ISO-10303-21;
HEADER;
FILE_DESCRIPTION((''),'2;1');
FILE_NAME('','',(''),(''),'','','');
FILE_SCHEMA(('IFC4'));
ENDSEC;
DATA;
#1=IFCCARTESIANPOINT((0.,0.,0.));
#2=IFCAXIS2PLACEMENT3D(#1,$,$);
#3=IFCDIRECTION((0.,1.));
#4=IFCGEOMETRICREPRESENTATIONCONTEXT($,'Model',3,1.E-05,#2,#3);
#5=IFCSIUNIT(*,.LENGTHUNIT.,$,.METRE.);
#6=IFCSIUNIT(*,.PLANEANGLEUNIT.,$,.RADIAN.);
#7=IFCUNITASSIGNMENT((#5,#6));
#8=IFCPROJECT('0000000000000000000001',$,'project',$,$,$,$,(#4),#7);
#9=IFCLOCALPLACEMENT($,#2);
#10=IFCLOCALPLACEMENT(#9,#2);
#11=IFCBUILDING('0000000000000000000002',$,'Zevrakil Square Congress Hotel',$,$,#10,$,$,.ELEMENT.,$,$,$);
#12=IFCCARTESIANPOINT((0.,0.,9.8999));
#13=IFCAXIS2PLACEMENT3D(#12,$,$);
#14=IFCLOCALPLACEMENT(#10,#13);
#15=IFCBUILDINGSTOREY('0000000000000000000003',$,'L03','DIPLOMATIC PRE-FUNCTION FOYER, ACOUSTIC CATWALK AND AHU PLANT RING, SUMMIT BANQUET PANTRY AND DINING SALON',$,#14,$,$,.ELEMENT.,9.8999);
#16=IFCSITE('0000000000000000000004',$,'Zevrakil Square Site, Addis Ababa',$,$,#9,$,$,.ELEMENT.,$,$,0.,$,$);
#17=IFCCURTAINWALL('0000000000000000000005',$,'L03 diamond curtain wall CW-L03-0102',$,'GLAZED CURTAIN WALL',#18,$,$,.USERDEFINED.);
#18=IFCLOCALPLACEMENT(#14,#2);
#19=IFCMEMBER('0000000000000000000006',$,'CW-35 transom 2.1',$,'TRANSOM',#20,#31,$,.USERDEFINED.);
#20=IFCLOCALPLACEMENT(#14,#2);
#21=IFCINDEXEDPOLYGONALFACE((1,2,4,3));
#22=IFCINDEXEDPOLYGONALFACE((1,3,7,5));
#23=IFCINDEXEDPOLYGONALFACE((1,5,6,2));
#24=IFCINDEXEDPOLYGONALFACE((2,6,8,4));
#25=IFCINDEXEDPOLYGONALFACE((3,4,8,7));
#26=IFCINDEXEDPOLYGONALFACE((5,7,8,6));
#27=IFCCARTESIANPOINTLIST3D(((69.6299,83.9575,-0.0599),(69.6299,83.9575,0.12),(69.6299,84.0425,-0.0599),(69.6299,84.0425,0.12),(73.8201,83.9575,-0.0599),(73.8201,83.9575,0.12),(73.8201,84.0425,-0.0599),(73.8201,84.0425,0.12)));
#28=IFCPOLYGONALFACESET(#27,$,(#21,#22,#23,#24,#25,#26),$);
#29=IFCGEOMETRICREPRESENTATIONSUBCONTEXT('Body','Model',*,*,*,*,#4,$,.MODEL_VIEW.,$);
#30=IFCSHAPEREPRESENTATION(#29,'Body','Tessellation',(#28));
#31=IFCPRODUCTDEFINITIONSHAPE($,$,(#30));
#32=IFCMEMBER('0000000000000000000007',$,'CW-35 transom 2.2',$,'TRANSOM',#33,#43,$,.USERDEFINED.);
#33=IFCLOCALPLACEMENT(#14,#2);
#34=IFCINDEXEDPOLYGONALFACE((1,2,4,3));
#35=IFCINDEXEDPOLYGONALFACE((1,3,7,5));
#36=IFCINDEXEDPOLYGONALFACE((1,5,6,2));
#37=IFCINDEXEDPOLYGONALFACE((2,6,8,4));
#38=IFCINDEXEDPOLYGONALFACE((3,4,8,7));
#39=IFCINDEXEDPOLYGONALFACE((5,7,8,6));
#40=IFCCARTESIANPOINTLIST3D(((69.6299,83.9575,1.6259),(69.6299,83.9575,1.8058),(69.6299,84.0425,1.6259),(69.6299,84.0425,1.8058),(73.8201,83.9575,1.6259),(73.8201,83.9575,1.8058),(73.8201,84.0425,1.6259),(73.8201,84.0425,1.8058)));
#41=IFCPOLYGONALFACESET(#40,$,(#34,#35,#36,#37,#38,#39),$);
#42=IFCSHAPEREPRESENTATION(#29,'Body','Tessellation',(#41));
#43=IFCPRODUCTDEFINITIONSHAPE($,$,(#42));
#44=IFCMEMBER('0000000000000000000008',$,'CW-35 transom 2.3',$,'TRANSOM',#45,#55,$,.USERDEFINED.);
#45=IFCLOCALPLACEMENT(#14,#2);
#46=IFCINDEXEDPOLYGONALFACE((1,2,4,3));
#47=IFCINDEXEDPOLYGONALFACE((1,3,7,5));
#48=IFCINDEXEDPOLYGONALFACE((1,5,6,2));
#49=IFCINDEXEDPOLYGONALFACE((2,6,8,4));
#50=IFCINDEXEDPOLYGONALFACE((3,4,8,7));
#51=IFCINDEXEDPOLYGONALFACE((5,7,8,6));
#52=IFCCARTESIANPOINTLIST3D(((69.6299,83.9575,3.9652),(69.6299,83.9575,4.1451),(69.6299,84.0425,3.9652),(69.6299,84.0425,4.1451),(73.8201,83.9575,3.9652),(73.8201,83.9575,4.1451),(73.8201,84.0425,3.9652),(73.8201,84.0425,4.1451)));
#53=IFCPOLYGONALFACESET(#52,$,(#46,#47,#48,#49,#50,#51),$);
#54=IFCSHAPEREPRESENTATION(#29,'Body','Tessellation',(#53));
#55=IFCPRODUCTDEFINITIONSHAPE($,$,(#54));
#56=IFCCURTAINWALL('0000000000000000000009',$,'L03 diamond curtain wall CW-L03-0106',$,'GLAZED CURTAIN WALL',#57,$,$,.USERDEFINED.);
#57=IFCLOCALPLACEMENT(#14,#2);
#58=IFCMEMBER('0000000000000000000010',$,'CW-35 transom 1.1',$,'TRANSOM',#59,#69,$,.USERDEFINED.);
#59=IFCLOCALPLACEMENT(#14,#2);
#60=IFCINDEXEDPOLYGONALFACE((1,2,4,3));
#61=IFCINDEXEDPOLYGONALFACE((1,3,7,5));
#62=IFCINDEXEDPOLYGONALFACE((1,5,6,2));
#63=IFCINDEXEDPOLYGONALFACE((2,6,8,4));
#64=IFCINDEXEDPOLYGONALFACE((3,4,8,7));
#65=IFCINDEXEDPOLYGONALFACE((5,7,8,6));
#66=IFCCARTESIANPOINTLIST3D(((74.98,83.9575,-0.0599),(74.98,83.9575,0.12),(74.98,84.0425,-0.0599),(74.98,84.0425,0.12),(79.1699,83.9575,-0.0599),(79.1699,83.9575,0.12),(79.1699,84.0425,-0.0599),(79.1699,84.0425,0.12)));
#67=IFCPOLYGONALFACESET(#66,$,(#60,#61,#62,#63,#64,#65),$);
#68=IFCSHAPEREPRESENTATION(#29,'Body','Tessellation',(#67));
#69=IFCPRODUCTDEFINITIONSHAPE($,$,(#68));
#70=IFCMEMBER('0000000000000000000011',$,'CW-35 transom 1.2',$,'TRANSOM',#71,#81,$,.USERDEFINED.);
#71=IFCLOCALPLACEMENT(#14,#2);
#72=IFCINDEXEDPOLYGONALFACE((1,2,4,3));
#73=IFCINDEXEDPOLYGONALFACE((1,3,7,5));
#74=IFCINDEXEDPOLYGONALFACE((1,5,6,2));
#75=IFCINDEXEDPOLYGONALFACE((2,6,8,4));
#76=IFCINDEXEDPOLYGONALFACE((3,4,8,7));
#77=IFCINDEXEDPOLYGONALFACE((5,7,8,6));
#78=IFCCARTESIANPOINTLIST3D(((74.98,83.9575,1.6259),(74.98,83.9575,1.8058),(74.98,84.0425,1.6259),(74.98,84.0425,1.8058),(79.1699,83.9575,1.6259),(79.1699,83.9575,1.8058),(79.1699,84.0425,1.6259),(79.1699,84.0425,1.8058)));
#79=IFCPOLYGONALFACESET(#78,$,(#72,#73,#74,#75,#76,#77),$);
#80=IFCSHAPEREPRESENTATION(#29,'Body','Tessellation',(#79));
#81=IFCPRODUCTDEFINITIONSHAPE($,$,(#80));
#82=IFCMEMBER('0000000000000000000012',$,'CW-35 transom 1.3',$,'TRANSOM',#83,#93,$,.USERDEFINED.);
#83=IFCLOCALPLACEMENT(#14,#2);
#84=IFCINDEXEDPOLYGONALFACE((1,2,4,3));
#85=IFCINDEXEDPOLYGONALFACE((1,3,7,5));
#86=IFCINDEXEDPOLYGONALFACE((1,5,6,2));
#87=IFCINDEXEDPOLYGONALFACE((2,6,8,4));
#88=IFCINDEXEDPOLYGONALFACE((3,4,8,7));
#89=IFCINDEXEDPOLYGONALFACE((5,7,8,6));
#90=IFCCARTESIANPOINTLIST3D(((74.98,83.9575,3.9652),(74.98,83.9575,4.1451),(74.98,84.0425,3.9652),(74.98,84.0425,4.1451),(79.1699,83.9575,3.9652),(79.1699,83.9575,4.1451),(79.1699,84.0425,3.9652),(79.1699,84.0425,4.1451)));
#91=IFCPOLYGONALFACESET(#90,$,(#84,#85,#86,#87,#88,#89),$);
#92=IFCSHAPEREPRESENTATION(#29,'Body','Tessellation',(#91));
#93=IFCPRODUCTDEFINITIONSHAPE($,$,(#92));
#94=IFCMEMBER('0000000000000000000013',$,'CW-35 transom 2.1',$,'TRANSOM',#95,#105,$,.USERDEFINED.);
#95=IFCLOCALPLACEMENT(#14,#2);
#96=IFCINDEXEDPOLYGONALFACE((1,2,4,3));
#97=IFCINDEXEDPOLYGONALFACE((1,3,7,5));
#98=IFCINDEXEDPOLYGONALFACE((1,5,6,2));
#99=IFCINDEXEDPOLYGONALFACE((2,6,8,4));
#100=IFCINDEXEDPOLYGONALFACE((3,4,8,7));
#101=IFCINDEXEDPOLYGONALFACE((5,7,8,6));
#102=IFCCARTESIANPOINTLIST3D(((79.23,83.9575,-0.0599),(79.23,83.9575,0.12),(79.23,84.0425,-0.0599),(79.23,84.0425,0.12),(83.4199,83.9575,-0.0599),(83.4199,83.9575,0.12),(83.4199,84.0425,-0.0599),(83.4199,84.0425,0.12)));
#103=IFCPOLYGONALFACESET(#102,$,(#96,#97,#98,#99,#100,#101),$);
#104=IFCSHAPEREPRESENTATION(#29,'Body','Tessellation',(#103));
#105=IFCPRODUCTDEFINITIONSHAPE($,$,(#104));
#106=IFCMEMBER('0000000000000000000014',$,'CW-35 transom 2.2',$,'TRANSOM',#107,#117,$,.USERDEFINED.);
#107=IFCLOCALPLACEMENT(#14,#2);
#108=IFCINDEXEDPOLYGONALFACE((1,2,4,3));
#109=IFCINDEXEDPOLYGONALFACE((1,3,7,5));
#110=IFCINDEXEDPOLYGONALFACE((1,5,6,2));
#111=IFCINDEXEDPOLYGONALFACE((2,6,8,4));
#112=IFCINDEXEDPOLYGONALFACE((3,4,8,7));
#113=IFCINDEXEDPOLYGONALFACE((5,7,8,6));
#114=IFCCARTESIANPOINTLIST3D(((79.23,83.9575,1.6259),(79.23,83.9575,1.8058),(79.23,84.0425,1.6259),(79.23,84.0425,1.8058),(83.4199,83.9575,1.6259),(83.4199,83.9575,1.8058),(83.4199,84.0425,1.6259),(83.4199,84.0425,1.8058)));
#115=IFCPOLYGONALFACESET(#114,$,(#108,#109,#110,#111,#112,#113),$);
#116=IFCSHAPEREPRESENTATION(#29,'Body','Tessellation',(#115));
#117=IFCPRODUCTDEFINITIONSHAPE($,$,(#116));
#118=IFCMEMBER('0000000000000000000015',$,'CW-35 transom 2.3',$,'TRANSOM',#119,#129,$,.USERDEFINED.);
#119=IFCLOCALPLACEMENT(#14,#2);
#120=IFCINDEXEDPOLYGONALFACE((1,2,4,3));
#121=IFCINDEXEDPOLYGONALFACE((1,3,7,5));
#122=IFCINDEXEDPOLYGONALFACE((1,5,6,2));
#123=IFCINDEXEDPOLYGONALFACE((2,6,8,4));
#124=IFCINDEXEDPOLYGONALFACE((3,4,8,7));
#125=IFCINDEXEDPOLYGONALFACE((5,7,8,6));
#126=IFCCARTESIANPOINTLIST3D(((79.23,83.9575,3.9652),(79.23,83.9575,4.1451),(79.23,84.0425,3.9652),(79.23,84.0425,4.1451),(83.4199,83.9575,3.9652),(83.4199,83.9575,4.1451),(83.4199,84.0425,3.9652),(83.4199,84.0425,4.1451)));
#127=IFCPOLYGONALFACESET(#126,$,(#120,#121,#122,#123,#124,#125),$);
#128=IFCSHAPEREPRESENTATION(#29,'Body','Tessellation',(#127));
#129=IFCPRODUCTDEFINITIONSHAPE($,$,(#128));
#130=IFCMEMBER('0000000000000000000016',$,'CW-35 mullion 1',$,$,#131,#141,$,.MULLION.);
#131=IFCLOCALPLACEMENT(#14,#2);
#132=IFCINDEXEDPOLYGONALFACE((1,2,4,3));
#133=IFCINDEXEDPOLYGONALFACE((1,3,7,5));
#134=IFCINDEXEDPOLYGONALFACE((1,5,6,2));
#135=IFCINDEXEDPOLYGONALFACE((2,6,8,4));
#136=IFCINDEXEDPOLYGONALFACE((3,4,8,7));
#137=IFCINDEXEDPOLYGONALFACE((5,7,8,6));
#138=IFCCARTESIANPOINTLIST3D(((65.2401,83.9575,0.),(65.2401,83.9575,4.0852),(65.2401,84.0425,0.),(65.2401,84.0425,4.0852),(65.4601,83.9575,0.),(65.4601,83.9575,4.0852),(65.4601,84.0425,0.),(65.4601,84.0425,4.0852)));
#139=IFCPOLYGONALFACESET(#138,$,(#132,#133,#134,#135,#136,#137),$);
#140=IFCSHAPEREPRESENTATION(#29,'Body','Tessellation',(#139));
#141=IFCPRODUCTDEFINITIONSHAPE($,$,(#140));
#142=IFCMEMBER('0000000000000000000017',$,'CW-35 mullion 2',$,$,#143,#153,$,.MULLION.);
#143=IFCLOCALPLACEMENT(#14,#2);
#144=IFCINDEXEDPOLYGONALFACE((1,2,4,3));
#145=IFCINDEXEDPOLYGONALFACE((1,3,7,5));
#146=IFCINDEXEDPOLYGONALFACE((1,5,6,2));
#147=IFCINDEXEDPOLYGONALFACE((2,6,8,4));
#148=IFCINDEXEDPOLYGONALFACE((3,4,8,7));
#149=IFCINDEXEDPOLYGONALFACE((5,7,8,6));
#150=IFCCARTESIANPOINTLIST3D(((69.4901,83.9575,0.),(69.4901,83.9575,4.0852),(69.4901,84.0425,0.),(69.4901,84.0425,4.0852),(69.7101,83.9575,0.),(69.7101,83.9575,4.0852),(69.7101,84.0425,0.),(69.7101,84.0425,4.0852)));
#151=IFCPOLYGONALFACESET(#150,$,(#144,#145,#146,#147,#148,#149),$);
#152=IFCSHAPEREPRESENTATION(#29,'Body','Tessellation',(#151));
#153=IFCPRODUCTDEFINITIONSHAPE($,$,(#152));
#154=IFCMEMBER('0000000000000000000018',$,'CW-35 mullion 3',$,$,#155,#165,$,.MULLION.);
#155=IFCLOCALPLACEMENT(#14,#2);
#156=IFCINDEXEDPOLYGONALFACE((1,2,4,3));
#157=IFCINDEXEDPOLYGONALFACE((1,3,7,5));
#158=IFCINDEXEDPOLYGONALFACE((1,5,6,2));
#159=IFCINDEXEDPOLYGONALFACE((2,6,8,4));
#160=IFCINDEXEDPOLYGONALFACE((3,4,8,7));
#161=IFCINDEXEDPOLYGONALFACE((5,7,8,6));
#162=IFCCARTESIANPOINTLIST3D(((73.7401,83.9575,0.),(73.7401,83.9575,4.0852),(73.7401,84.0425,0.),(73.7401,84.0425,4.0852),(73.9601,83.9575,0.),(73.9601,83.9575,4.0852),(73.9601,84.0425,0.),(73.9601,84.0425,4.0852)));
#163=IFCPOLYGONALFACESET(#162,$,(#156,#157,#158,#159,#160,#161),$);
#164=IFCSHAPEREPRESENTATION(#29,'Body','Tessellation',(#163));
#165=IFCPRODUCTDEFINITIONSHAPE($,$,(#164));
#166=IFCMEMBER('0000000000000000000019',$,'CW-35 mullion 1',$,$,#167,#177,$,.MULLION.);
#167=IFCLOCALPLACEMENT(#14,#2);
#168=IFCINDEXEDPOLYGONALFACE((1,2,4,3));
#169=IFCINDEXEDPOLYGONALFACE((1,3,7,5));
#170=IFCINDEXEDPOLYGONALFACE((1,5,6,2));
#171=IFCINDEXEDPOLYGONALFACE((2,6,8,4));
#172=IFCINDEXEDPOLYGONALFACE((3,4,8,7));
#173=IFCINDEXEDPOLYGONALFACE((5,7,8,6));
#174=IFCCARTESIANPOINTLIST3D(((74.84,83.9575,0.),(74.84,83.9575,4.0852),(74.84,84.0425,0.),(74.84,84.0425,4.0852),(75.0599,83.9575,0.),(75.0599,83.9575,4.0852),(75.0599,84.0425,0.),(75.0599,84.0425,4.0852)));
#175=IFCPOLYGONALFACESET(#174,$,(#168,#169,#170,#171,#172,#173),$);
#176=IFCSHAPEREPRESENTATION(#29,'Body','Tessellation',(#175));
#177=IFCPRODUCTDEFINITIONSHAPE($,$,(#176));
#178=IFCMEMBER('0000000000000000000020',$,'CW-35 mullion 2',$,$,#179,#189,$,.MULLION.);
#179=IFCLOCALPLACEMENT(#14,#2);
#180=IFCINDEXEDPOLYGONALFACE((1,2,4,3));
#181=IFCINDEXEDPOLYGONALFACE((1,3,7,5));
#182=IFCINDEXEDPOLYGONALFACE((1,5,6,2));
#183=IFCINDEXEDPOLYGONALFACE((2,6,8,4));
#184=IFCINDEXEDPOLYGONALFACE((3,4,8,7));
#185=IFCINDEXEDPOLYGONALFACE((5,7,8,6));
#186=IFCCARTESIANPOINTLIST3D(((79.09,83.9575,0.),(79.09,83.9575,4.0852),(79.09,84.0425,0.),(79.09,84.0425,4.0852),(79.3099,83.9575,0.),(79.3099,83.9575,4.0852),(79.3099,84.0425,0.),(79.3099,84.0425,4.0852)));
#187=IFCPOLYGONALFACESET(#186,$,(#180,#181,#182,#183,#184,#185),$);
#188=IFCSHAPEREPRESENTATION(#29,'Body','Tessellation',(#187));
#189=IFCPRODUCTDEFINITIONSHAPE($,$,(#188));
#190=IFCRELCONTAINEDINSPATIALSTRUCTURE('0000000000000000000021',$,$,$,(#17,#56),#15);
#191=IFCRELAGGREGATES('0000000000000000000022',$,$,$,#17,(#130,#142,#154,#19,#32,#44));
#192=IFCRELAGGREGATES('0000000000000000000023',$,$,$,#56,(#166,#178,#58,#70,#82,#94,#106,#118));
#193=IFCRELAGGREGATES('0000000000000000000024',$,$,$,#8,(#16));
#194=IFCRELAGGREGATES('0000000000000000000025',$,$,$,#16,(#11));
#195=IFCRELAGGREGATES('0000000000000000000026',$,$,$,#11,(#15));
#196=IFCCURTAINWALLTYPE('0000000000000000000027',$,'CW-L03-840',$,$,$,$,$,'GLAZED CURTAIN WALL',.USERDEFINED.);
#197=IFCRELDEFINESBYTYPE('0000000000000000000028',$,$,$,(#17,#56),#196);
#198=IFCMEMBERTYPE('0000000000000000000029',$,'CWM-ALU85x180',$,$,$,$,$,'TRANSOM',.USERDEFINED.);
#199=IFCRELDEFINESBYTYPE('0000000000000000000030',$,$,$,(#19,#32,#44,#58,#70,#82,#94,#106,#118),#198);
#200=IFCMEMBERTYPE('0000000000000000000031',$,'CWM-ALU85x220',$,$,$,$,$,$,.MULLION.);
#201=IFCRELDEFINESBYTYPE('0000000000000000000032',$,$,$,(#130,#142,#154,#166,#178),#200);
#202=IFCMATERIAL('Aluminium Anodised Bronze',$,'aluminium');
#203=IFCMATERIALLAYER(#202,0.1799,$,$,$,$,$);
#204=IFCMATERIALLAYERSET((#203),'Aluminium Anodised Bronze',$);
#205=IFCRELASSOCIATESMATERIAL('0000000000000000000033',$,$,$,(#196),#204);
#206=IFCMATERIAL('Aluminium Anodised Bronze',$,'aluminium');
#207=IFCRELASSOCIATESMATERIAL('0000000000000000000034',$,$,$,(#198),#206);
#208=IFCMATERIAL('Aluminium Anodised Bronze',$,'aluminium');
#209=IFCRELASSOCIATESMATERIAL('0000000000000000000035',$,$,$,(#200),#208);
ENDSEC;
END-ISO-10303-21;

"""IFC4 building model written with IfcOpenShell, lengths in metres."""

from ifc_helpers import new_model, si_unit, direction, frame, origin, origin_2d, place, context, subcontext, project, spatial, rectangle, extrude, material, layer, layer_set, material_profile, profile_set, type_object, element, aggregate, save


model = new_model("IFC4")

# Units and contexts
model_context = context("Model", 3, precision=1e-05, world=origin(), true_north=direction((0.0, 1.0)))
body_context = subcontext(model_context, "Body", "Model", "MODEL_VIEW")
ifc_project = project(units=[si_unit("LENGTHUNIT", "METRE"), si_unit("PLANEANGLEUNIT", "RADIAN")], contexts=[model_context])

# Site, building, storey
site_placement = place(None, origin())
site = spatial("IfcSite", under=ifc_project, at=site_placement, Name="Zevrakil Square Site, Addis Ababa", CompositionType="ELEMENT", RefElevation=0.0)
building_placement = place(site_placement, origin())
building = spatial("IfcBuilding", under=site, at=building_placement, Name="Zevrakil Square Congress Hotel", CompositionType="ELEMENT")
storey_placement = place(building_placement, frame((0.0, 0.0, 9.8999)))
storey = spatial("IfcBuildingStorey", under=building, at=storey_placement, Name="L03", Description="DIPLOMATIC PRE-FUNCTION FOYER, ACOUSTIC CATWALK AND AHU PLANT RING, SUMMIT BANQUET PANTRY AND DINING SALON", CompositionType="ELEMENT", Elevation=9.8999)

# Curtain walls, members
ifc_material_1 = material(Name="Aluminium Anodised Bronze", Category="aluminium")
ifc_layer_1 = layer(ifc_material_1, 0.1799)
ifc_layer_set_1 = layer_set([ifc_layer_1], Name="Aluminium Anodised Bronze")
curtain_wall_type = type_object("IfcCurtainWallType", Name="CW-L03-840", ElementType="GLAZED CURTAIN WALL", PredefinedType="USERDEFINED", material=ifc_layer_set_1)
curtain_wall_1_placement = place(storey_placement, origin())
curtain_wall_1 = element("IfcCurtainWall", 1, at=curtain_wall_1_placement, inside=storey, type_object=curtain_wall_type, Name="L03 diamond curtain wall CW-L03-0102", ObjectType="GLAZED CURTAIN WALL", PredefinedType="USERDEFINED")
ifc_material_2 = material(Name="Aluminium Anodised Bronze", Category="aluminium")
ifc_material_profile_1 = material_profile(ifc_material_2, rectangle(XDim=0.085, YDim=0.1799, at=origin_2d()), Name="ALU 85x180")
ifc_profile_set_1 = profile_set([ifc_material_profile_1], Name="Aluminium Anodised Bronze")
member_type_1 = type_object("IfcMemberType", Name="CWM-ALU85x180", ElementType="TRANSOM", PredefinedType="USERDEFINED", material=ifc_profile_set_1)
member_1_placement = place(storey_placement, frame((69.6299, 84.0, 0.03), z_axis=(1.0, 0.0, 0.0), x_axis=(0.0, 1.0, 0.0)))
member_1 = element("IfcMember", 2, at=member_1_placement, type_object=member_type_1, Name="CW-35 transom 2.1", ObjectType="TRANSOM", PredefinedType="USERDEFINED", context=body_context, shape_type="SweptSolid", body=[
    extrude(rectangle(XDim=0.085, YDim=0.1799, at=origin_2d()), origin(), (0.0, 0.0, 1.0), 4.1902),
])
member_2_placement = place(storey_placement, frame((69.6299, 84.0, 1.7158), z_axis=(1.0, 0.0, 0.0), x_axis=(0.0, 1.0, 0.0)))
member_2 = element("IfcMember", 3, at=member_2_placement, type_object=member_type_1, Name="CW-35 transom 2.2", ObjectType="TRANSOM", PredefinedType="USERDEFINED", context=body_context, shape_type="SweptSolid", body=[
    extrude(rectangle(XDim=0.085, YDim=0.1799, at=origin_2d()), origin(), (0.0, 0.0, 1.0), 4.1902),
])
member_3_placement = place(storey_placement, frame((69.6299, 84.0, 4.0552), z_axis=(1.0, 0.0, 0.0), x_axis=(0.0, 1.0, 0.0)))
member_3 = element("IfcMember", 4, at=member_3_placement, type_object=member_type_1, Name="CW-35 transom 2.3", ObjectType="TRANSOM", PredefinedType="USERDEFINED", context=body_context, shape_type="SweptSolid", body=[
    extrude(rectangle(XDim=0.085, YDim=0.1799, at=origin_2d()), origin(), (0.0, 0.0, 1.0), 4.1902),
])
curtain_wall_2_placement = place(storey_placement, origin())
curtain_wall_2 = element("IfcCurtainWall", 5, at=curtain_wall_2_placement, inside=storey, type_object=curtain_wall_type, Name="L03 diamond curtain wall CW-L03-0106", ObjectType="GLAZED CURTAIN WALL", PredefinedType="USERDEFINED")
member_4_placement = place(storey_placement, frame((74.98, 84.0, 0.03), z_axis=(1.0, 0.0, 0.0), x_axis=(0.0, 1.0, 0.0)))
member_4 = element("IfcMember", 6, at=member_4_placement, type_object=member_type_1, Name="CW-35 transom 1.1", ObjectType="TRANSOM", PredefinedType="USERDEFINED", context=body_context, shape_type="SweptSolid", body=[
    extrude(rectangle(XDim=0.085, YDim=0.1799, at=origin_2d()), origin(), (0.0, 0.0, 1.0), 4.1899),
])
member_5_placement = place(storey_placement, frame((74.98, 84.0, 1.7158), z_axis=(1.0, 0.0, 0.0), x_axis=(0.0, 1.0, 0.0)))
member_5 = element("IfcMember", 7, at=member_5_placement, type_object=member_type_1, Name="CW-35 transom 1.2", ObjectType="TRANSOM", PredefinedType="USERDEFINED", context=body_context, shape_type="SweptSolid", body=[
    extrude(rectangle(XDim=0.085, YDim=0.1799, at=origin_2d()), origin(), (0.0, 0.0, 1.0), 4.1899),
])
member_6_placement = place(storey_placement, frame((74.98, 84.0, 4.0552), z_axis=(1.0, 0.0, 0.0), x_axis=(0.0, 1.0, 0.0)))
member_6 = element("IfcMember", 8, at=member_6_placement, type_object=member_type_1, Name="CW-35 transom 1.3", ObjectType="TRANSOM", PredefinedType="USERDEFINED", context=body_context, shape_type="SweptSolid", body=[
    extrude(rectangle(XDim=0.085, YDim=0.1799, at=origin_2d()), origin(), (0.0, 0.0, 1.0), 4.1899),
])
member_7_placement = place(storey_placement, frame((79.23, 84.0, 0.03), z_axis=(1.0, 0.0, 0.0), x_axis=(0.0, 1.0, 0.0)))
member_7 = element("IfcMember", 9, at=member_7_placement, type_object=member_type_1, Name="CW-35 transom 2.1", ObjectType="TRANSOM", PredefinedType="USERDEFINED", context=body_context, shape_type="SweptSolid", body=[
    extrude(rectangle(XDim=0.085, YDim=0.1799, at=origin_2d()), origin(), (0.0, 0.0, 1.0), 4.1899),
])
member_8_placement = place(storey_placement, frame((79.23, 84.0, 1.7158), z_axis=(1.0, 0.0, 0.0), x_axis=(0.0, 1.0, 0.0)))
member_8 = element("IfcMember", 10, at=member_8_placement, type_object=member_type_1, Name="CW-35 transom 2.2", ObjectType="TRANSOM", PredefinedType="USERDEFINED", context=body_context, shape_type="SweptSolid", body=[
    extrude(rectangle(XDim=0.085, YDim=0.1799, at=origin_2d()), origin(), (0.0, 0.0, 1.0), 4.1899),
])
member_9_placement = place(storey_placement, frame((79.23, 84.0, 4.0552), z_axis=(1.0, 0.0, 0.0), x_axis=(0.0, 1.0, 0.0)))
member_9 = element("IfcMember", 11, at=member_9_placement, type_object=member_type_1, Name="CW-35 transom 2.3", ObjectType="TRANSOM", PredefinedType="USERDEFINED", context=body_context, shape_type="SweptSolid", body=[
    extrude(rectangle(XDim=0.085, YDim=0.1799, at=origin_2d()), origin(), (0.0, 0.0, 1.0), 4.1899),
])

# Members
ifc_material_3 = material(Name="Aluminium Anodised Bronze", Category="aluminium")
ifc_material_profile_2 = material_profile(ifc_material_3, rectangle(XDim=0.085, YDim=0.22, at=origin_2d()), Name="ALU 85x220")
ifc_profile_set_2 = profile_set([ifc_material_profile_2], Name="Aluminium Anodised Bronze")
member_type_2 = type_object("IfcMemberType", Name="CWM-ALU85x220", PredefinedType="MULLION", material=ifc_profile_set_2)
member_10_placement = place(storey_placement, frame((65.3501, 84.0, 0.0), z_axis=(0.0, 0.0, 1.0), x_axis=(0.0, 1.0, 0.0)))
member_10 = element("IfcMember", 12, at=member_10_placement, type_object=member_type_2, Name="CW-35 mullion 1", PredefinedType="MULLION", context=body_context, shape_type="SweptSolid", body=[
    extrude(rectangle(XDim=0.085, YDim=0.22, at=origin_2d()), origin(), (0.0, 0.0, 1.0), 4.0852),
])
member_11_placement = place(storey_placement, frame((69.6001, 84.0, 0.0), z_axis=(0.0, 0.0, 1.0), x_axis=(0.0, 1.0, 0.0)))
member_11 = element("IfcMember", 13, at=member_11_placement, type_object=member_type_2, Name="CW-35 mullion 2", PredefinedType="MULLION", context=body_context, shape_type="SweptSolid", body=[
    extrude(rectangle(XDim=0.085, YDim=0.22, at=origin_2d()), origin(), (0.0, 0.0, 1.0), 4.0852),
])
member_12_placement = place(storey_placement, frame((73.8501, 84.0, 0.0), z_axis=(0.0, 0.0, 1.0), x_axis=(0.0, 1.0, 0.0)))
member_12 = element("IfcMember", 14, at=member_12_placement, type_object=member_type_2, Name="CW-35 mullion 3", PredefinedType="MULLION", context=body_context, shape_type="SweptSolid", body=[
    extrude(rectangle(XDim=0.085, YDim=0.22, at=origin_2d()), origin(), (0.0, 0.0, 1.0), 4.0852),
])
member_13_placement = place(storey_placement, frame((74.95, 84.0, 0.0), z_axis=(0.0, 0.0, 1.0), x_axis=(0.0, 1.0, 0.0)))
member_13 = element("IfcMember", 15, at=member_13_placement, type_object=member_type_2, Name="CW-35 mullion 1", PredefinedType="MULLION", context=body_context, shape_type="SweptSolid", body=[
    extrude(rectangle(XDim=0.085, YDim=0.22, at=origin_2d()), origin(), (0.0, 0.0, 1.0), 4.0852),
])
member_14_placement = place(storey_placement, frame((79.2, 84.0, 0.0), z_axis=(0.0, 0.0, 1.0), x_axis=(0.0, 1.0, 0.0)))
member_14 = element("IfcMember", 16, at=member_14_placement, type_object=member_type_2, Name="CW-35 mullion 2", PredefinedType="MULLION", context=body_context, shape_type="SweptSolid", body=[
    extrude(rectangle(XDim=0.085, YDim=0.22, at=origin_2d()), origin(), (0.0, 0.0, 1.0), 4.0852),
])

aggregate(curtain_wall_1, [member_10, member_11, member_12, member_1, member_2, member_3])
aggregate(curtain_wall_2, [member_13, member_14, member_4, member_5, member_6, member_7, member_8, member_9])

save(model, "model.ifc")
